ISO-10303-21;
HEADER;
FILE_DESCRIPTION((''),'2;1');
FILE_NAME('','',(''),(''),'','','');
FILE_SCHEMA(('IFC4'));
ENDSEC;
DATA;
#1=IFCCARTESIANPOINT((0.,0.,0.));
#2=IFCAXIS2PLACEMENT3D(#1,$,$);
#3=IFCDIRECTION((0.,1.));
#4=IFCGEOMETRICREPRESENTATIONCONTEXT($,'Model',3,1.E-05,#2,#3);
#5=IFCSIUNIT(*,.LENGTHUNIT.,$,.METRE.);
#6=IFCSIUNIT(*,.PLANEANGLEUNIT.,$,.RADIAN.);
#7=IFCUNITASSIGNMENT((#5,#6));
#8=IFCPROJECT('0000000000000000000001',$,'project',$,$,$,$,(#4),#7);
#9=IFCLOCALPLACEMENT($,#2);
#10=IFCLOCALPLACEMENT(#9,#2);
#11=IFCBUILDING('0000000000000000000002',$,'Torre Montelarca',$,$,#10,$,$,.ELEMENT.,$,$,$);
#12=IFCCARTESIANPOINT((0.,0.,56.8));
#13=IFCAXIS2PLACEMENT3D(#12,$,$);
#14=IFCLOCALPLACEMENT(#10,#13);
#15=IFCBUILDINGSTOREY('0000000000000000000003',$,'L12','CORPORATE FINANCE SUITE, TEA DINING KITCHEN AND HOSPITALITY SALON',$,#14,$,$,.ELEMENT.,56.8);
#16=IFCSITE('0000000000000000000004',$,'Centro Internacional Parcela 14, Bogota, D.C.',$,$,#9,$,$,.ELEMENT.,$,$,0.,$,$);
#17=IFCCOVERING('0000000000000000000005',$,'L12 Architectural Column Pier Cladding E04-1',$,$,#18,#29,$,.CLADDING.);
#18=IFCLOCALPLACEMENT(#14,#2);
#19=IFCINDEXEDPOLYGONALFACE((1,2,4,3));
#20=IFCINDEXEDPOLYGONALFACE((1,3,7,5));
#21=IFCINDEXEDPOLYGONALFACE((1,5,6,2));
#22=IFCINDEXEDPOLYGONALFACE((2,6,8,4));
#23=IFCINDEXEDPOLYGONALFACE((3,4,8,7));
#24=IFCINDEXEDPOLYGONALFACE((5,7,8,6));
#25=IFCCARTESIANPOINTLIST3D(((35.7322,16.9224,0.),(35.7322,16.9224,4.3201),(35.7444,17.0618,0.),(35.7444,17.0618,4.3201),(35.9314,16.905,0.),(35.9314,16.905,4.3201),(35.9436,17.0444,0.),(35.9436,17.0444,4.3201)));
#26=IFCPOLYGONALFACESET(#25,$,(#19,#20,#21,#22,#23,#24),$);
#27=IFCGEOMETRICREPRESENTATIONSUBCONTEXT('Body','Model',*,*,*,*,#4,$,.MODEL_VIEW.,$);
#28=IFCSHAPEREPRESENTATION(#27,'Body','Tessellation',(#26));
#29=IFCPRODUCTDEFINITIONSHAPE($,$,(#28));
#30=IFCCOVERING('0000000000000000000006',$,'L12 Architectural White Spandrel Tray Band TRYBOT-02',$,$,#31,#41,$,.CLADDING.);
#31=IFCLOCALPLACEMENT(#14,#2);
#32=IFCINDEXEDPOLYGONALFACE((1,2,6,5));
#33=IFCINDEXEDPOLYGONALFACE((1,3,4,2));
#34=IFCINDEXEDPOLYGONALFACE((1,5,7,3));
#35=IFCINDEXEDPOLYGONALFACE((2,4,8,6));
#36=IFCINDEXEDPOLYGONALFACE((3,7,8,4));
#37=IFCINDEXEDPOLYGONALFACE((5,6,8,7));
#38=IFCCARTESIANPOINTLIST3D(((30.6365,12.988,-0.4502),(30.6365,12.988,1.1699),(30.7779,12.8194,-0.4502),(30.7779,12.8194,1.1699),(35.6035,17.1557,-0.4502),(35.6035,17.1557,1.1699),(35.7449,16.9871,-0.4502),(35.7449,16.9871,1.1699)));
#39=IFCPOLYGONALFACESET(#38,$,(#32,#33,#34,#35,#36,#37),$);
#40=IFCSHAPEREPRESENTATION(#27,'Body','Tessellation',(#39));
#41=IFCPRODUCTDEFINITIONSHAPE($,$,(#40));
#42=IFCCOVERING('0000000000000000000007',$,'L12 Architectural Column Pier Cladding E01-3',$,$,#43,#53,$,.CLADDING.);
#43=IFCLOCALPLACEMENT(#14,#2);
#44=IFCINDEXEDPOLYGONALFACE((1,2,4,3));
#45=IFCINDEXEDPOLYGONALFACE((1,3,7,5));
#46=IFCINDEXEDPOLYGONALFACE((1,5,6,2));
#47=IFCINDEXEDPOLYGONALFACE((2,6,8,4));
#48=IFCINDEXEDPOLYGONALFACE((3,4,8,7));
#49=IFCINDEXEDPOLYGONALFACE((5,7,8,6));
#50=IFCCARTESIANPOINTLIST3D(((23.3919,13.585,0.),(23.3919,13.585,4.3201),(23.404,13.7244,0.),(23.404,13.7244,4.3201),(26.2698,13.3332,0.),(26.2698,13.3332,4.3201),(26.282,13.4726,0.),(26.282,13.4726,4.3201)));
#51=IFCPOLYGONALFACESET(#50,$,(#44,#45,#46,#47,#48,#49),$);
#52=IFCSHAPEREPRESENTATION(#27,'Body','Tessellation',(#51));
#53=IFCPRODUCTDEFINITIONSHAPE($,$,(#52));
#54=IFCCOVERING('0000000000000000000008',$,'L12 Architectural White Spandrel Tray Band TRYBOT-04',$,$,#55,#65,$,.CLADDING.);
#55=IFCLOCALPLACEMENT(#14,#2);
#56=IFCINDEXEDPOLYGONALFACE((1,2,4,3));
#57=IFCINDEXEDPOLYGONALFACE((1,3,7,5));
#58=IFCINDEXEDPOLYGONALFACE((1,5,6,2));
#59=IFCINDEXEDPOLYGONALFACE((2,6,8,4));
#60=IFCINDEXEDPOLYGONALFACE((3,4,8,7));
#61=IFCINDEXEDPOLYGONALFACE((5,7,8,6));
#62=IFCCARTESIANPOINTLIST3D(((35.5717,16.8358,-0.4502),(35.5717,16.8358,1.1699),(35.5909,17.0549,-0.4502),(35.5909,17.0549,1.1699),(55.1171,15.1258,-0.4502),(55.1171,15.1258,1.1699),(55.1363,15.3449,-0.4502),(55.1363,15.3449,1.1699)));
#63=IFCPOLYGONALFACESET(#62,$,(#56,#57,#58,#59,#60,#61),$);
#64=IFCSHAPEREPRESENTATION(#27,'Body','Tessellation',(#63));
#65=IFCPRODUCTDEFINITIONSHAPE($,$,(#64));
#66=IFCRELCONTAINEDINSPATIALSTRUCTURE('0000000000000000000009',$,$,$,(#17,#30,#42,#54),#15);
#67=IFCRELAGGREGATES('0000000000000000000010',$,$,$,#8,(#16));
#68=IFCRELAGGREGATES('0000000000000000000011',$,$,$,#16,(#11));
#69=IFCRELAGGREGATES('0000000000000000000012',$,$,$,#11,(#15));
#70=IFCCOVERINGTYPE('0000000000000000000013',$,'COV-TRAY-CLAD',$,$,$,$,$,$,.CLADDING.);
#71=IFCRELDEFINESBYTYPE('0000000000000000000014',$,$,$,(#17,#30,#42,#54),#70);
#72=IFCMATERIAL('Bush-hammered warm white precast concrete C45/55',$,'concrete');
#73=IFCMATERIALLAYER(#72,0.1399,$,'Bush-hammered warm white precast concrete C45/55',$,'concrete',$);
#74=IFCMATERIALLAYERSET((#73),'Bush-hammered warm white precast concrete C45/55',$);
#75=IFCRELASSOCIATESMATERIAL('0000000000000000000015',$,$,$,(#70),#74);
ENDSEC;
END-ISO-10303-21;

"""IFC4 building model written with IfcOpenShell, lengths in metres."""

from ifc_helpers import new_model, si_unit, direction, frame, origin, origin_2d, place, context, subcontext, project, spatial, rectangle, extrude, source, transform, mapped, material, layer, layer_set, type_object, element, save


model = new_model("IFC4")

# Units and contexts
model_context = context("Model", 3, precision=1e-05, world=origin(), true_north=direction((0.0, 1.0)))
body_context = subcontext(model_context, "Body", "Model", "MODEL_VIEW")
ifc_project = project(units=[si_unit("LENGTHUNIT", "METRE"), si_unit("PLANEANGLEUNIT", "RADIAN")], contexts=[model_context])

# Site, building, storey
site_placement = place(None, origin())
site = spatial("IfcSite", under=ifc_project, at=site_placement, Name="Centro Internacional Parcela 14, Bogota, D.C.", CompositionType="ELEMENT", RefElevation=0.0)
building_placement = place(site_placement, origin())
building = spatial("IfcBuilding", under=site, at=building_placement, Name="Torre Montelarca", CompositionType="ELEMENT")
storey_placement = place(building_placement, frame((0.0, 0.0, 56.8)))
storey = spatial("IfcBuildingStorey", under=building, at=storey_placement, Name="L12", Description="CORPORATE FINANCE SUITE, TEA DINING KITCHEN AND HOSPITALITY SALON", CompositionType="ELEMENT", Elevation=56.8)

# Coverings
ifc_material_1 = material(Name="Bush-hammered warm white precast concrete C45/55", Category="concrete")
ifc_layer_1 = layer(ifc_material_1, 0.1399, Name="Bush-hammered warm white precast concrete C45/55", Category="concrete")
ifc_layer_set_1 = layer_set([ifc_layer_1], Name="Bush-hammered warm white precast concrete C45/55")
covering_type = type_object("IfcCoveringType", Name="COV-TRAY-CLAD", PredefinedType="CLADDING", material=ifc_layer_set_1)
shared_shape_1 = source(origin(), body_context, "Body", "SweptSolid", [
    extrude(rectangle(XDim=0.2, YDim=0.1399, at=origin_2d()), origin(), (0.0, 0.0, 1.0), 4.3201),
])
for number, where, z_axis, x_axis, name in (
    (1, (35.8379, 16.9834, 0.0), (0.0, 0.0, 1.0), (0.996194, -0.087161, 0.0), "L12 Architectural Column Pier Cladding E04-1"),
):
    element("IfcCovering", number, at=place(storey_placement, frame(where, z_axis=z_axis, x_axis=x_axis)), inside=storey, type_object=covering_type, Name=name, PredefinedType="CLADDING", context=body_context, shape_type="MappedRepresentation", body=[
        mapped(shared_shape_1, transform((0.0, 0.0, 0.0), scale=1.0)),
    ])
shared_shape_2 = source(origin(), body_context, "Body", "SweptSolid", [
    extrude(rectangle(XDim=6.4839, YDim=0.22, at=origin_2d()), origin(), (0.0, 0.0, 1.0), 1.6201),
])
covering_1_placement = place(storey_placement, frame((33.1907, 14.9875, -0.4502), z_axis=(0.0, 0.0, 1.0), x_axis=(0.766052, 0.642778, 0.0)))
element("IfcCovering", 2, at=covering_1_placement, inside=storey, type_object=covering_type, Name="L12 Architectural White Spandrel Tray Band TRYBOT-02", PredefinedType="CLADDING", context=body_context, shape_type="MappedRepresentation", body=[
    mapped(shared_shape_2, transform((0.0, 0.0, 0.0), scale=1.0)),
])
shared_shape_3 = source(origin(), body_context, "Body", "SweptSolid", [
    extrude(rectangle(XDim=2.8889, YDim=0.1399, at=origin_2d()), origin(), (0.0, 0.0, 1.0), 4.3201),
])
covering_2_placement = place(storey_placement, frame((24.8369, 13.5288, 0.0), z_axis=(0.0, 0.0, 1.0), x_axis=(0.996195, -0.087157, 0.0)))
element("IfcCovering", 3, at=covering_2_placement, inside=storey, type_object=covering_type, Name="L12 Architectural Column Pier Cladding E01-3", PredefinedType="CLADDING", context=body_context, shape_type="MappedRepresentation", body=[
    mapped(shared_shape_3, transform((0.0, 0.0, 0.0), scale=1.0)),
])
shared_shape_4 = source(origin(), body_context, "Body", "SweptSolid", [
    extrude(rectangle(XDim=19.6201, YDim=0.22, at=origin_2d()), origin(), (0.0, 0.0, 1.0), 1.6201),
])
covering_3_placement = place(storey_placement, frame((45.354, 16.0903, -0.4502), z_axis=(0.0, 0.0, 1.0), x_axis=(0.996195, -0.087154, 0.0)))
element("IfcCovering", 4, at=covering_3_placement, inside=storey, type_object=covering_type, Name="L12 Architectural White Spandrel Tray Band TRYBOT-04", PredefinedType="CLADDING", context=body_context, shape_type="MappedRepresentation", body=[
    mapped(shared_shape_4, transform((0.0, 0.0, 0.0), scale=1.0)),
])

save(model, "model.ifc")
